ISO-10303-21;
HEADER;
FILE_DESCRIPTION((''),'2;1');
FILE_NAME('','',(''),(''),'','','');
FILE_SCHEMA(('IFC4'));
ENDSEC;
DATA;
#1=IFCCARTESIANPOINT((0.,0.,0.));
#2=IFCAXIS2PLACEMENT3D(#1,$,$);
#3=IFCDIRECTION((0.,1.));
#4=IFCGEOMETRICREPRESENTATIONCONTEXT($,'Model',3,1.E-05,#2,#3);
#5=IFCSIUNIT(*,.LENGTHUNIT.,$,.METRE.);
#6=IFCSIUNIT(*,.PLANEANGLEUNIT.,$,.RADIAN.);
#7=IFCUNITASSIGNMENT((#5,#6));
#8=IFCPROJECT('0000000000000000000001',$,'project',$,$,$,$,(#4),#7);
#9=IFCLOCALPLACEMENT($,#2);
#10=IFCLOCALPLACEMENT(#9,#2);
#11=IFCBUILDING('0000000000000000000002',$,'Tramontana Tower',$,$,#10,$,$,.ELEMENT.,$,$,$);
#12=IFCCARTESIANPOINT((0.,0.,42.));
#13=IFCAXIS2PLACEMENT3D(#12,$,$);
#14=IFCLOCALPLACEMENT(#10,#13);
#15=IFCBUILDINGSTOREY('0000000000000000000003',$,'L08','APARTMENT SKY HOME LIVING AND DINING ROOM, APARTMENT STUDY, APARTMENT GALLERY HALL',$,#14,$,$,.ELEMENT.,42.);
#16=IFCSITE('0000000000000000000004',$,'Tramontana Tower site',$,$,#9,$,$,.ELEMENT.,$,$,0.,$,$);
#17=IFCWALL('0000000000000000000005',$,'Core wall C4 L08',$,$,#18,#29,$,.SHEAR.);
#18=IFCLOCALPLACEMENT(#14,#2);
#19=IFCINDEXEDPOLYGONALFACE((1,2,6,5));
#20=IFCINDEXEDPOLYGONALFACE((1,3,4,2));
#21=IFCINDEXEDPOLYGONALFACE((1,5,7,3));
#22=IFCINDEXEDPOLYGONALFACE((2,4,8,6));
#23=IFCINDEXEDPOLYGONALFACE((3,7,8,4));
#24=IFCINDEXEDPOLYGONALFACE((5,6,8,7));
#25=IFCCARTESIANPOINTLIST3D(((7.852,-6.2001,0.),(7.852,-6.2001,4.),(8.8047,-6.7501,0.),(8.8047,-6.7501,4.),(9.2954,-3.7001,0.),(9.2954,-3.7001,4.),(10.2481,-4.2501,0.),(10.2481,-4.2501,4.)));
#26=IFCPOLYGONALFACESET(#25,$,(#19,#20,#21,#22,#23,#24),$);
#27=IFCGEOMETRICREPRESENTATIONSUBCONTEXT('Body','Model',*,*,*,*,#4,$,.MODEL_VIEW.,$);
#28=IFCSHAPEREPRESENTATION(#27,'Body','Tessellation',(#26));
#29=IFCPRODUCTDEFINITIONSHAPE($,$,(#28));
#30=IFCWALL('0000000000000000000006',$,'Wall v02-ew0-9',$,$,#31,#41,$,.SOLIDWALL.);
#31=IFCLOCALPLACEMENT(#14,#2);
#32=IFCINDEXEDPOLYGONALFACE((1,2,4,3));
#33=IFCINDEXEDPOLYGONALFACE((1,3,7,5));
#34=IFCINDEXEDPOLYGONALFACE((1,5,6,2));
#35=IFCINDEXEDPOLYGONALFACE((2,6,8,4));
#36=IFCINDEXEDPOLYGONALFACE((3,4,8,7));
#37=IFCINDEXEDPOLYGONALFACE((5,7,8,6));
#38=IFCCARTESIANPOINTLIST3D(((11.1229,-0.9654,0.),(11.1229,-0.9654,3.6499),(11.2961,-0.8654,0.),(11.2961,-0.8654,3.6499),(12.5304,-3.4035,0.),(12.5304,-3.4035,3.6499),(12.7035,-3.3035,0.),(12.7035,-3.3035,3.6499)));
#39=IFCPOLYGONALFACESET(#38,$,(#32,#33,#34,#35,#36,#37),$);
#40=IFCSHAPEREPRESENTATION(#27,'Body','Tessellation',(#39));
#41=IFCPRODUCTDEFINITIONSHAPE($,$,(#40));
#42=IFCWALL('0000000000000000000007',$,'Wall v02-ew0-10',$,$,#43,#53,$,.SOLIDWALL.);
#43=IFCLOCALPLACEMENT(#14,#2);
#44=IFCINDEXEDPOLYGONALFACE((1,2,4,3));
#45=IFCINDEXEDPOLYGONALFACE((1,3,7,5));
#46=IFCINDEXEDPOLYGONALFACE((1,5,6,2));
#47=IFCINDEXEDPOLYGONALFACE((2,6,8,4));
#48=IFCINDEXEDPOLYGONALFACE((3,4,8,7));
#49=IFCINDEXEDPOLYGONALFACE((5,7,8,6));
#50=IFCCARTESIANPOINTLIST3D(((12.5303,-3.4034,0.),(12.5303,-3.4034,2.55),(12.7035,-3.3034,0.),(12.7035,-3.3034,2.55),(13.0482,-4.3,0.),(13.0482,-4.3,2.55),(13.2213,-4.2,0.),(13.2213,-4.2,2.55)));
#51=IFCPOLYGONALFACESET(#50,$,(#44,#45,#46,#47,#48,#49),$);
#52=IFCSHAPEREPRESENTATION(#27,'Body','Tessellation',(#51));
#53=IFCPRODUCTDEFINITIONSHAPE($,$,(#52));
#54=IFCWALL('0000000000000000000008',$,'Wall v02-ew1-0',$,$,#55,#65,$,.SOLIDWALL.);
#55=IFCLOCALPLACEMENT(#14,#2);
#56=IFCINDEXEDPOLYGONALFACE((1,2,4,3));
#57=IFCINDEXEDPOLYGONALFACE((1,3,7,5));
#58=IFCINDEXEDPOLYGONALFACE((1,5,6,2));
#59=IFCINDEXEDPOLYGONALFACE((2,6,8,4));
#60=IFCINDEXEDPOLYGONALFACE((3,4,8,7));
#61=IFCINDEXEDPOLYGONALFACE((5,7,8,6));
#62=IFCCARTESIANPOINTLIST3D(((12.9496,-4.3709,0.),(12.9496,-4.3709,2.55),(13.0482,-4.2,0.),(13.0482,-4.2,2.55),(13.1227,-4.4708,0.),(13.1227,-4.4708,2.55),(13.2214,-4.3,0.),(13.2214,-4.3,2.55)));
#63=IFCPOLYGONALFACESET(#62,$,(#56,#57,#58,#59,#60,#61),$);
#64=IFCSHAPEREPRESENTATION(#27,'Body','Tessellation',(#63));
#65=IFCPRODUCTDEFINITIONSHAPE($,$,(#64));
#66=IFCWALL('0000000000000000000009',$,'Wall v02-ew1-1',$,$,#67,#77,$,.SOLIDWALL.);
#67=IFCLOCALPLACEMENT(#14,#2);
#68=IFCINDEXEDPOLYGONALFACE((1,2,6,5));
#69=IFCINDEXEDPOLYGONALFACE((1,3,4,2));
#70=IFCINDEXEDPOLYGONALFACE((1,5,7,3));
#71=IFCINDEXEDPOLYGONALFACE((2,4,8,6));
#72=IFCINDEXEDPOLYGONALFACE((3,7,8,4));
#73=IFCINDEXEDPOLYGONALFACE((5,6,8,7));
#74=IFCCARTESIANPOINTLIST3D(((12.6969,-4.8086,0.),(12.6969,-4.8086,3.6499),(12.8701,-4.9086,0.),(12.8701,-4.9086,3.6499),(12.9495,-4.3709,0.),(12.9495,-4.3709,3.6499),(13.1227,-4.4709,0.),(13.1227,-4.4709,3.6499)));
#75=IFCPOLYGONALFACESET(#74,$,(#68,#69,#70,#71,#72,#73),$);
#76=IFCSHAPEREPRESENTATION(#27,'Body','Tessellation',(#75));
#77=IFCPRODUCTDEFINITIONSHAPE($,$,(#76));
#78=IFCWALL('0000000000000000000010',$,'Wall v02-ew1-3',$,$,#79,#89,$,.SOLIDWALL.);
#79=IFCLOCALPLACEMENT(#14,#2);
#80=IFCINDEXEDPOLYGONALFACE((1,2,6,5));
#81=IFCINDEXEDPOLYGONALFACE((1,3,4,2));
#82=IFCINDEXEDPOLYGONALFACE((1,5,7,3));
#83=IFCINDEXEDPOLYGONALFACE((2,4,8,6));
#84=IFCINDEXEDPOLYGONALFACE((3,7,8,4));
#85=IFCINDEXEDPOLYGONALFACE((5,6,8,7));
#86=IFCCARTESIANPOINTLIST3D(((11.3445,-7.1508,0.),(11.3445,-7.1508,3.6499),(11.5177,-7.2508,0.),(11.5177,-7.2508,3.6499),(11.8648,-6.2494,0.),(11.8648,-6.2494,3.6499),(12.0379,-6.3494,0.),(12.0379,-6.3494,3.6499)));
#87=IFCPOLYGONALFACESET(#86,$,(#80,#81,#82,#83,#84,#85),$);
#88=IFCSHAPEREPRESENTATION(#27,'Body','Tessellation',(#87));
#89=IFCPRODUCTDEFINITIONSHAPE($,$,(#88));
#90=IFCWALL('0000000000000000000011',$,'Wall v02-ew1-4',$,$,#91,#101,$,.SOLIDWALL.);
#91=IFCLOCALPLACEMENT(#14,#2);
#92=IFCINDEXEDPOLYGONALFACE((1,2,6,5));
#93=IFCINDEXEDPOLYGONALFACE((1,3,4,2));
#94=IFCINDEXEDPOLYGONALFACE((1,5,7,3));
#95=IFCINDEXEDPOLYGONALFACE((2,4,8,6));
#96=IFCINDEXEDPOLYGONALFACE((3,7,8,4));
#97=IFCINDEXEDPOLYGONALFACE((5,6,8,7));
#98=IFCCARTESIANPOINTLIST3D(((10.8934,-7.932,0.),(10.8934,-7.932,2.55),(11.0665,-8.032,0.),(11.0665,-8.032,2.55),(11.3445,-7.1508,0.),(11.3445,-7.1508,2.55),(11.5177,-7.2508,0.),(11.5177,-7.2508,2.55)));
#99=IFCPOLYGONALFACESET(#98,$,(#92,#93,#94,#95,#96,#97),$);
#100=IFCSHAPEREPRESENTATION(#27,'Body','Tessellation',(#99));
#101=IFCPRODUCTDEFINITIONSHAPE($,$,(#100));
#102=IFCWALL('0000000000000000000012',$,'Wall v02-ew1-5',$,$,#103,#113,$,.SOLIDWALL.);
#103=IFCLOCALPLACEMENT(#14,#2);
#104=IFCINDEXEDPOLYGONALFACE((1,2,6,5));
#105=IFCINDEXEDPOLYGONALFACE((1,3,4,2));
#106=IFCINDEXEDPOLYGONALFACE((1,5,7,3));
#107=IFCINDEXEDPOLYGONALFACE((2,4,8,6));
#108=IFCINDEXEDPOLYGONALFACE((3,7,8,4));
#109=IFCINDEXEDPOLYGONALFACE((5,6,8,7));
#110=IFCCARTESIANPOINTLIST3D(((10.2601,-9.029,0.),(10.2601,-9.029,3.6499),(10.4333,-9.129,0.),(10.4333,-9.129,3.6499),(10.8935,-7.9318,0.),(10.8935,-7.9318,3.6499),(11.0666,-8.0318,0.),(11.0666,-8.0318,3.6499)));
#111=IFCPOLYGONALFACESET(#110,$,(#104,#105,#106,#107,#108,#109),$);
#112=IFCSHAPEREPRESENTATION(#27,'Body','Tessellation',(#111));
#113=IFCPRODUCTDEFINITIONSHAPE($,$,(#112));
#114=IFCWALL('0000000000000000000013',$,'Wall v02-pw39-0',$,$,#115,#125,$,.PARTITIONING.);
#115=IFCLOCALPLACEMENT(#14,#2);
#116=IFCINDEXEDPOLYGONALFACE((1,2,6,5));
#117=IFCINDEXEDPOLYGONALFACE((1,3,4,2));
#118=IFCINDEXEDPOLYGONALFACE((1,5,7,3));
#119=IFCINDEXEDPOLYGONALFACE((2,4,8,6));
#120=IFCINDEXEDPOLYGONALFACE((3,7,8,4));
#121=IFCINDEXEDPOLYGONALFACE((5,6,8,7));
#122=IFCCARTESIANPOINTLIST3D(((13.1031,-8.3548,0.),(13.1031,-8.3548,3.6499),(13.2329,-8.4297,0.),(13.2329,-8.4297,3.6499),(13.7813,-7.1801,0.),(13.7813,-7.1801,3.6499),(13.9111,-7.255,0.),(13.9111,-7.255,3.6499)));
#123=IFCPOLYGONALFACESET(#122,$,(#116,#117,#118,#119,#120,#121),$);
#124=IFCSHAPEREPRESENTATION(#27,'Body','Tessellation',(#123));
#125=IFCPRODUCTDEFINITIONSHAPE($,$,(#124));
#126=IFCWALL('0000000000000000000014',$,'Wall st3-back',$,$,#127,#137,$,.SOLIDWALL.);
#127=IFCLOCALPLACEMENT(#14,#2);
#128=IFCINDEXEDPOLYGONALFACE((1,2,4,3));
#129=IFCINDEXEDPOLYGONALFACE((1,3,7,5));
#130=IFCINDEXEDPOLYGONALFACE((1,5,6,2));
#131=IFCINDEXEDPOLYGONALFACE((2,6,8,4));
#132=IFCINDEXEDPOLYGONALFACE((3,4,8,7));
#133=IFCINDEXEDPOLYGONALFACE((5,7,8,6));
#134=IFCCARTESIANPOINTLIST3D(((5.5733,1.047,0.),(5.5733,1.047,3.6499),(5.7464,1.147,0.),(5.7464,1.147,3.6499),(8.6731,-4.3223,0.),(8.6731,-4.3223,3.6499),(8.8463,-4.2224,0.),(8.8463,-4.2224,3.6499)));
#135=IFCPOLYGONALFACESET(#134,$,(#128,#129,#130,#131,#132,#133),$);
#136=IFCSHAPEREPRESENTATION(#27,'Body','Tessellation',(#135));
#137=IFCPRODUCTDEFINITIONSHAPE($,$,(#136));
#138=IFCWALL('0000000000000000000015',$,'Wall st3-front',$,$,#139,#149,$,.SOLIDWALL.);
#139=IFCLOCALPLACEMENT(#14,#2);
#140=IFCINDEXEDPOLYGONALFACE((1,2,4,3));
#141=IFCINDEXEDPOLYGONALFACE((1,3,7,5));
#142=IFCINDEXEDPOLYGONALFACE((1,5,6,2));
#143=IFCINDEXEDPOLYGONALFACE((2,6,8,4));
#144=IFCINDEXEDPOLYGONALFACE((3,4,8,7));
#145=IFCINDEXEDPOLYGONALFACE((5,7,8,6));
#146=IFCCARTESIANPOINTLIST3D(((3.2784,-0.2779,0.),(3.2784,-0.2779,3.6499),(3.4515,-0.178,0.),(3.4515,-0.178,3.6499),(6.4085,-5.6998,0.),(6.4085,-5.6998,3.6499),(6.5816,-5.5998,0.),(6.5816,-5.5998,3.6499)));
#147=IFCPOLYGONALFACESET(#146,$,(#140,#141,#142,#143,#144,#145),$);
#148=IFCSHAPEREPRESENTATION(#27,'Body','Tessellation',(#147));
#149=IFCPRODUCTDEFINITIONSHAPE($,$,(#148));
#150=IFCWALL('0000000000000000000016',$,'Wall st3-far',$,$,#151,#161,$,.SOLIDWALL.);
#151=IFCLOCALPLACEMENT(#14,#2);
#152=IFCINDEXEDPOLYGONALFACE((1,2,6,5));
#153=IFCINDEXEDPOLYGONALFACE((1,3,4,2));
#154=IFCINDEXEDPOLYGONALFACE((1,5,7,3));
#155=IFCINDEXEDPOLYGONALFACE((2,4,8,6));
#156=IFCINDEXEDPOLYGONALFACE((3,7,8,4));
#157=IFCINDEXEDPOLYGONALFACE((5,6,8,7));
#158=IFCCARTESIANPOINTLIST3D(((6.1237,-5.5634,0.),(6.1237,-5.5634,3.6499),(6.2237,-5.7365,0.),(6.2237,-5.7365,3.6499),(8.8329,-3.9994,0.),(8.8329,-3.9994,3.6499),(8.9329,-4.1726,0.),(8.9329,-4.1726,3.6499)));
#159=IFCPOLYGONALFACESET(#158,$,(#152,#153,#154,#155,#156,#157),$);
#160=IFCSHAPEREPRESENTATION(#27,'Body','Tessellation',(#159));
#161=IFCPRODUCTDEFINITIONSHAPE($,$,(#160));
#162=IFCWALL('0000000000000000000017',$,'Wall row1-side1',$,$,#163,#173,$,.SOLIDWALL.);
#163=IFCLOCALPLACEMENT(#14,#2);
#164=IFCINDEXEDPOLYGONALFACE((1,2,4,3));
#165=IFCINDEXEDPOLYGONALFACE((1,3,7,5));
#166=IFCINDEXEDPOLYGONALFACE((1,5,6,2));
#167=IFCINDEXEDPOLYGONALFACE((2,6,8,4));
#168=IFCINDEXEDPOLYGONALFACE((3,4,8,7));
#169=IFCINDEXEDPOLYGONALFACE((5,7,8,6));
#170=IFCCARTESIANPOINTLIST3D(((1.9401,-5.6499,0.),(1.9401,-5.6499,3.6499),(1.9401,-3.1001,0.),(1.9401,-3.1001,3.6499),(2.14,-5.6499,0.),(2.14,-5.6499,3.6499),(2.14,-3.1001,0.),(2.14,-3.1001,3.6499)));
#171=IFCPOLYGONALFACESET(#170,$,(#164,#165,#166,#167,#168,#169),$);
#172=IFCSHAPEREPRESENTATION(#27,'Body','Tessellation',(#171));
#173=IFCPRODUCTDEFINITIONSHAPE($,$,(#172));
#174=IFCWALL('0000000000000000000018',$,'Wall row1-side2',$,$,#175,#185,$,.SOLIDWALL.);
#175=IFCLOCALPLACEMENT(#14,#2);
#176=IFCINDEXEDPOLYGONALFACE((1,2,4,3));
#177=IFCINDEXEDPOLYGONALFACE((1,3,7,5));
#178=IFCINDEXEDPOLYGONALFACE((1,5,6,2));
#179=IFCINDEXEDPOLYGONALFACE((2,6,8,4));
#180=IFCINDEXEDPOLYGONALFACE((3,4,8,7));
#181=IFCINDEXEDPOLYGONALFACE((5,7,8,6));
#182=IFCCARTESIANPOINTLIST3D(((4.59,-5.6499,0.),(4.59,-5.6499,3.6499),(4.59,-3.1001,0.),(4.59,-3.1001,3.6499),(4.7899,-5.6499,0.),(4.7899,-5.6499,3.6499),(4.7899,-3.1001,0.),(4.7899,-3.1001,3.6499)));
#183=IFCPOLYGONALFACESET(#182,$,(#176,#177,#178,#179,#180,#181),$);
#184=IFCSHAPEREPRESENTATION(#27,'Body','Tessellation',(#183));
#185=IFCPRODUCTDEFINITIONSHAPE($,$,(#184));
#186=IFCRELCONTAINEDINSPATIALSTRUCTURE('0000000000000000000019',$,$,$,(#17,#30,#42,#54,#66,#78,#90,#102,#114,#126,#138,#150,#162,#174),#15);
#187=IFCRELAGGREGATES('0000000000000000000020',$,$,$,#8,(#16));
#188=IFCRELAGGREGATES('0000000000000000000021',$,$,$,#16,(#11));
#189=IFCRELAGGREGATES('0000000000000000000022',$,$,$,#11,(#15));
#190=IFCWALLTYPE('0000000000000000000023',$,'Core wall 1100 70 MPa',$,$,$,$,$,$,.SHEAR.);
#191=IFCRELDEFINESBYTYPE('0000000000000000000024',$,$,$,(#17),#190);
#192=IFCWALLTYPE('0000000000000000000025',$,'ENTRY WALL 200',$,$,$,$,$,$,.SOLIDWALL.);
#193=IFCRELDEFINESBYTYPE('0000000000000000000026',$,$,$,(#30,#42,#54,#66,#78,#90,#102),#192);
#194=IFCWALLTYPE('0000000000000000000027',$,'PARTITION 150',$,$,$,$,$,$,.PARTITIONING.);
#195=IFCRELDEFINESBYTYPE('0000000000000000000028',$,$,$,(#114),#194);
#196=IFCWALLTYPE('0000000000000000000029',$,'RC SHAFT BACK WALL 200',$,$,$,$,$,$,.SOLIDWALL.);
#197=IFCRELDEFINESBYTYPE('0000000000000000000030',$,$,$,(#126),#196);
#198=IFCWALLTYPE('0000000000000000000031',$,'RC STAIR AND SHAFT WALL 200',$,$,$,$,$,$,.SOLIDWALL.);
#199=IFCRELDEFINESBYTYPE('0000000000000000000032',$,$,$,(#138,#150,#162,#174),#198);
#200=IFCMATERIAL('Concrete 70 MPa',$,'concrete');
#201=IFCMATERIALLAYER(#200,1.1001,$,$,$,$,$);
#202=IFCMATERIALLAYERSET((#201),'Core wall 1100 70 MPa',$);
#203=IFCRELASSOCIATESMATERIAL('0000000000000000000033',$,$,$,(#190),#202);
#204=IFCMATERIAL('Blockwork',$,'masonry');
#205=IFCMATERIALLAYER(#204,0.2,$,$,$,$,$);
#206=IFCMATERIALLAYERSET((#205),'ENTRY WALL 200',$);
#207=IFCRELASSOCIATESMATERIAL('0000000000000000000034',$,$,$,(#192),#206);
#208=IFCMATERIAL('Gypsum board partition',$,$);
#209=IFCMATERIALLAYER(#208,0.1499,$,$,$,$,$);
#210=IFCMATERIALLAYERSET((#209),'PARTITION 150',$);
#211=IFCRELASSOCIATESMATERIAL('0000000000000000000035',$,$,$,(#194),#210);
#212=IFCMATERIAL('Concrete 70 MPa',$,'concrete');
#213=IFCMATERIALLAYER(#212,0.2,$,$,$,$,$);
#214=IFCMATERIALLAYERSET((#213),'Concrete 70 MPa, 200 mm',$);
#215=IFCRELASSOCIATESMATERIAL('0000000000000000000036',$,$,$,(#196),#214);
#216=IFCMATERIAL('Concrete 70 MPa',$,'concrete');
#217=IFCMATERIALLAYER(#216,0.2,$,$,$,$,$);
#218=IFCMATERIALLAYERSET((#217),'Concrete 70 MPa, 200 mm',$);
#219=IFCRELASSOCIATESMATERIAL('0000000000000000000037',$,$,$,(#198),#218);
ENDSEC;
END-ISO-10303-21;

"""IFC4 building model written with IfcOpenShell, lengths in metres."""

from ifc_helpers import new_model, si_unit, direction, frame, frame_2d, origin, place, context, subcontext, project, spatial, rectangle, extrude, material, layer, layer_set, type_object, element, save


model = new_model("IFC4")

# Units and contexts
model_context = context("Model", 3, precision=1e-05, world=origin(), true_north=direction((0.0, 1.0)))
body_context = subcontext(model_context, "Body", "Model", "MODEL_VIEW")
ifc_project = project(units=[si_unit("LENGTHUNIT", "METRE"), si_unit("PLANEANGLEUNIT", "RADIAN")], contexts=[model_context])

# Site, building, storey
site_placement = place(None, origin())
site = spatial("IfcSite", under=ifc_project, at=site_placement, Name="Tramontana Tower site", CompositionType="ELEMENT", RefElevation=0.0)
building_placement = place(site_placement, origin())
building = spatial("IfcBuilding", under=site, at=building_placement, Name="Tramontana Tower", CompositionType="ELEMENT")
storey_placement = place(building_placement, frame((0.0, 0.0, 42.0)))
storey = spatial("IfcBuildingStorey", under=building, at=storey_placement, Name="L08", Description="APARTMENT SKY HOME LIVING AND DINING ROOM, APARTMENT STUDY, APARTMENT GALLERY HALL", CompositionType="ELEMENT", Elevation=42.0)

# Wall
ifc_material_1 = material(Name="Concrete 70 MPa", Category="concrete")
ifc_layer_1 = layer(ifc_material_1, 1.1001)
ifc_layer_set_1 = layer_set([ifc_layer_1], Name="Core wall 1100 70 MPa")
wall_type_1 = type_object("IfcWallType", Name="Core wall 1100 70 MPa", PredefinedType="SHEAR", material=ifc_layer_set_1)
wall_1_placement = place(storey_placement, frame((8.3284, -6.4751, 0.0), z_axis=(0.0, 0.0, 1.0), x_axis=(0.499996, 0.866028, 0.0)))
element("IfcWall", 1, at=wall_1_placement, inside=storey, type_object=wall_type_1, Name="Core wall C4 L08", PredefinedType="SHEAR", context=body_context, shape_type="SweptSolid", body=[
    extrude(rectangle(XDim=2.8867, YDim=1.1001, at=frame_2d((1.4434, 0.0))), origin(), (0.0, 0.0, 1.0), 4.0),
])

# Walls
ifc_material_2 = material(Name="Blockwork", Category="masonry")
ifc_layer_2 = layer(ifc_material_2, 0.2)
ifc_layer_set_2 = layer_set([ifc_layer_2], Name="ENTRY WALL 200")
wall_type_2 = type_object("IfcWallType", Name="ENTRY WALL 200", PredefinedType="SOLIDWALL", material=ifc_layer_set_2)
wall_2_placement = place(storey_placement, frame((11.2095, -0.9153, 0.0), z_axis=(0.0, 0.0, 1.0), x_axis=(0.499935, -0.866063, 0.0)))
element("IfcWall", 2, at=wall_2_placement, inside=storey, type_object=wall_type_2, Name="Wall v02-ew0-9", PredefinedType="SOLIDWALL", context=body_context, shape_type="SweptSolid", body=[
    extrude(rectangle(XDim=2.8152, YDim=0.2, at=frame_2d((1.4077, 0.0))), origin(), (0.0, 0.0, 1.0), 3.6499),
])
wall_3_placement = place(storey_placement, frame((12.6169, -3.3535, 0.0), z_axis=(0.0, 0.0, 1.0), x_axis=(0.500172, -0.865926, 0.0)))
element("IfcWall", 3, at=wall_3_placement, inside=storey, type_object=wall_type_2, Name="Wall v02-ew0-10", PredefinedType="SOLIDWALL", context=body_context, shape_type="SweptSolid", body=[
    extrude(rectangle(XDim=1.0354, YDim=0.2, at=frame_2d((0.5176, 0.0))), origin(), (0.0, 0.0, 1.0), 2.55),
])
wall_4_placement = place(storey_placement, frame((13.1348, -4.25, 0.0), z_axis=(0.0, 0.0, 1.0), x_axis=(-0.499865, -0.866103, 0.0)))
element("IfcWall", 4, at=wall_4_placement, inside=storey, type_object=wall_type_2, Name="Wall v02-ew1-0", PredefinedType="SOLIDWALL", context=body_context, shape_type="SweptSolid", body=[
    extrude(rectangle(XDim=0.1973, YDim=0.2, at=frame_2d((0.0986, 0.0))), origin(), (0.0, 0.0, 1.0), 2.55),
])
wall_5_placement = place(storey_placement, frame((13.0361, -4.4209, 0.0), z_axis=(0.0, 0.0, 1.0), x_axis=(-0.499932, -0.866065, 0.0)))
element("IfcWall", 5, at=wall_5_placement, inside=storey, type_object=wall_type_2, Name="Wall v02-ew1-1", PredefinedType="SOLIDWALL", context=body_context, shape_type="SweptSolid", body=[
    extrude(rectangle(XDim=0.5054, YDim=0.2, at=frame_2d((0.2527, 0.0))), origin(), (0.0, 0.0, 1.0), 3.6499),
])

# Walls
wall_6_placement = place(storey_placement, frame((11.9514, -6.2993, 0.0), z_axis=(0.0, 0.0, 1.0), x_axis=(-0.499898, -0.866084, 0.0)))
element("IfcWall", 6, at=wall_6_placement, inside=storey, type_object=wall_type_2, Name="Wall v02-ew1-3", PredefinedType="SOLIDWALL", context=body_context, shape_type="SweptSolid", body=[
    extrude(rectangle(XDim=1.0408, YDim=0.2, at=frame_2d((0.5205, 0.0))), origin(), (0.0, 0.0, 1.0), 3.6499),
])
wall_7_placement = place(storey_placement, frame((11.4312, -7.2007, 0.0), z_axis=(0.0, 0.0, 1.0), x_axis=(-0.500097, -0.865969, 0.0)))
element("IfcWall", 7, at=wall_7_placement, inside=storey, type_object=wall_type_2, Name="Wall v02-ew1-4", PredefinedType="SOLIDWALL", context=body_context, shape_type="SweptSolid", body=[
    extrude(rectangle(XDim=0.9021, YDim=0.2, at=frame_2d((0.4512, 0.0))), origin(), (0.0, 0.0, 1.0), 2.55),
])
wall_8_placement = place(storey_placement, frame((10.98, -7.9819, 0.0), z_axis=(0.0, 0.0, 1.0), x_axis=(-0.499912, -0.866076, 0.0)))
element("IfcWall", 8, at=wall_8_placement, inside=storey, type_object=wall_type_2, Name="Wall v02-ew1-5", PredefinedType="SOLIDWALL", context=body_context, shape_type="SweptSolid", body=[
    extrude(rectangle(XDim=1.2668, YDim=0.2, at=frame_2d((0.6333, 0.0))), origin(), (0.0, 0.0, 1.0), 3.6499),
])

# Shared definitions
ifc_material_3 = material(Name="Gypsum board partition")
ifc_layer_3 = layer(ifc_material_3, 0.1499)
ifc_layer_set_3 = layer_set([ifc_layer_3], Name="PARTITION 150")
wall_type_3 = type_object("IfcWallType", Name="PARTITION 150", PredefinedType="PARTITIONING", material=ifc_layer_set_3)

# Wall
wall_9_placement = place(storey_placement, frame((13.8462, -7.2175, 0.0), z_axis=(0.0, 0.0, 1.0), x_axis=(-0.499972, -0.866042, 0.0)))
element("IfcWall", 9, at=wall_9_placement, inside=storey, type_object=wall_type_3, Name="Wall v02-pw39-0", PredefinedType="PARTITIONING", context=body_context, shape_type="SweptSolid", body=[
    extrude(rectangle(XDim=1.3564, YDim=0.1499, at=frame_2d((0.6782, 0.0))), origin(), (0.0, 0.0, 1.0), 3.6499),
])

# Walls
ifc_material_4 = material(Name="Concrete 70 MPa", Category="concrete")
ifc_layer_4 = layer(ifc_material_4, 0.2)
ifc_layer_set_4 = layer_set([ifc_layer_4], Name="Concrete 70 MPa, 200 mm")
wall_type_4 = type_object("IfcWallType", Name="RC SHAFT BACK WALL 200", PredefinedType="SOLIDWALL", material=ifc_layer_set_4)
wall_10_placement = place(storey_placement, frame((8.7598, -4.2725, 0.0), z_axis=(0.0, 0.0, 1.0), x_axis=(-0.49998, 0.866037, 0.0)))
element("IfcWall", 10, at=wall_10_placement, inside=storey, type_object=wall_type_4, Name="Wall st3-back", PredefinedType="SOLIDWALL", context=body_context, shape_type="SweptSolid", body=[
    extrude(rectangle(XDim=6.2, YDim=0.2, at=frame_2d((3.1001, 0.0))), origin(), (0.0, 0.0, 1.0), 3.6499),
])
ifc_material_5 = material(Name="Concrete 70 MPa", Category="concrete")
ifc_layer_5 = layer(ifc_material_5, 0.2)
ifc_layer_set_5 = layer_set([ifc_layer_5], Name="Concrete 70 MPa, 200 mm")
wall_type_5 = type_object("IfcWallType", Name="RC STAIR AND SHAFT WALL 200", PredefinedType="SOLIDWALL", material=ifc_layer_set_5)
wall_11_placement = place(storey_placement, frame((6.4951, -5.6499, 0.0), z_axis=(0.0, 0.0, 1.0), x_axis=(-0.499977, 0.866039, 0.0)))
element("IfcWall", 11, at=wall_11_placement, inside=storey, type_object=wall_type_5, Name="Wall st3-front", PredefinedType="SOLIDWALL", context=body_context, shape_type="SweptSolid", body=[
    extrude(rectangle(XDim=6.2605, YDim=0.2, at=frame_2d((3.1304, 0.0))), origin(), (0.0, 0.0, 1.0), 3.6499),
])
wall_12_placement = place(storey_placement, frame((6.1738, -5.6499, 0.0), z_axis=(0.0, 0.0, 1.0), x_axis=(0.866054, 0.49995, 0.0)))
element("IfcWall", 12, at=wall_12_placement, inside=storey, type_object=wall_type_5, Name="Wall st3-far", PredefinedType="SOLIDWALL", context=body_context, shape_type="SweptSolid", body=[
    extrude(rectangle(XDim=3.1282, YDim=0.2, at=frame_2d((1.564, 0.0))), origin(), (0.0, 0.0, 1.0), 3.6499),
])
for number, where, z_axis, x_axis, name in (
    (13, (2.04, -3.1001, 0.0), (0.0, 0.0, 1.0), (0.0, -1.0, 0.0), "Wall row1-side1"),
    (14, (4.6899, -3.1001, 0.0), (0.0, 0.0, 1.0), (0.0, -1.0, 0.0), "Wall row1-side2"),
):
    element("IfcWall", number, at=place(storey_placement, frame(where, z_axis=z_axis, x_axis=x_axis)), inside=storey, type_object=wall_type_5, Name=name, PredefinedType="SOLIDWALL", context=body_context, shape_type="SweptSolid", body=[
        extrude(rectangle(XDim=2.5498, YDim=0.2, at=frame_2d((1.2749, 0.0))), origin(), (0.0, 0.0, 1.0), 3.6499),
    ])

save(model, "model.ifc")
